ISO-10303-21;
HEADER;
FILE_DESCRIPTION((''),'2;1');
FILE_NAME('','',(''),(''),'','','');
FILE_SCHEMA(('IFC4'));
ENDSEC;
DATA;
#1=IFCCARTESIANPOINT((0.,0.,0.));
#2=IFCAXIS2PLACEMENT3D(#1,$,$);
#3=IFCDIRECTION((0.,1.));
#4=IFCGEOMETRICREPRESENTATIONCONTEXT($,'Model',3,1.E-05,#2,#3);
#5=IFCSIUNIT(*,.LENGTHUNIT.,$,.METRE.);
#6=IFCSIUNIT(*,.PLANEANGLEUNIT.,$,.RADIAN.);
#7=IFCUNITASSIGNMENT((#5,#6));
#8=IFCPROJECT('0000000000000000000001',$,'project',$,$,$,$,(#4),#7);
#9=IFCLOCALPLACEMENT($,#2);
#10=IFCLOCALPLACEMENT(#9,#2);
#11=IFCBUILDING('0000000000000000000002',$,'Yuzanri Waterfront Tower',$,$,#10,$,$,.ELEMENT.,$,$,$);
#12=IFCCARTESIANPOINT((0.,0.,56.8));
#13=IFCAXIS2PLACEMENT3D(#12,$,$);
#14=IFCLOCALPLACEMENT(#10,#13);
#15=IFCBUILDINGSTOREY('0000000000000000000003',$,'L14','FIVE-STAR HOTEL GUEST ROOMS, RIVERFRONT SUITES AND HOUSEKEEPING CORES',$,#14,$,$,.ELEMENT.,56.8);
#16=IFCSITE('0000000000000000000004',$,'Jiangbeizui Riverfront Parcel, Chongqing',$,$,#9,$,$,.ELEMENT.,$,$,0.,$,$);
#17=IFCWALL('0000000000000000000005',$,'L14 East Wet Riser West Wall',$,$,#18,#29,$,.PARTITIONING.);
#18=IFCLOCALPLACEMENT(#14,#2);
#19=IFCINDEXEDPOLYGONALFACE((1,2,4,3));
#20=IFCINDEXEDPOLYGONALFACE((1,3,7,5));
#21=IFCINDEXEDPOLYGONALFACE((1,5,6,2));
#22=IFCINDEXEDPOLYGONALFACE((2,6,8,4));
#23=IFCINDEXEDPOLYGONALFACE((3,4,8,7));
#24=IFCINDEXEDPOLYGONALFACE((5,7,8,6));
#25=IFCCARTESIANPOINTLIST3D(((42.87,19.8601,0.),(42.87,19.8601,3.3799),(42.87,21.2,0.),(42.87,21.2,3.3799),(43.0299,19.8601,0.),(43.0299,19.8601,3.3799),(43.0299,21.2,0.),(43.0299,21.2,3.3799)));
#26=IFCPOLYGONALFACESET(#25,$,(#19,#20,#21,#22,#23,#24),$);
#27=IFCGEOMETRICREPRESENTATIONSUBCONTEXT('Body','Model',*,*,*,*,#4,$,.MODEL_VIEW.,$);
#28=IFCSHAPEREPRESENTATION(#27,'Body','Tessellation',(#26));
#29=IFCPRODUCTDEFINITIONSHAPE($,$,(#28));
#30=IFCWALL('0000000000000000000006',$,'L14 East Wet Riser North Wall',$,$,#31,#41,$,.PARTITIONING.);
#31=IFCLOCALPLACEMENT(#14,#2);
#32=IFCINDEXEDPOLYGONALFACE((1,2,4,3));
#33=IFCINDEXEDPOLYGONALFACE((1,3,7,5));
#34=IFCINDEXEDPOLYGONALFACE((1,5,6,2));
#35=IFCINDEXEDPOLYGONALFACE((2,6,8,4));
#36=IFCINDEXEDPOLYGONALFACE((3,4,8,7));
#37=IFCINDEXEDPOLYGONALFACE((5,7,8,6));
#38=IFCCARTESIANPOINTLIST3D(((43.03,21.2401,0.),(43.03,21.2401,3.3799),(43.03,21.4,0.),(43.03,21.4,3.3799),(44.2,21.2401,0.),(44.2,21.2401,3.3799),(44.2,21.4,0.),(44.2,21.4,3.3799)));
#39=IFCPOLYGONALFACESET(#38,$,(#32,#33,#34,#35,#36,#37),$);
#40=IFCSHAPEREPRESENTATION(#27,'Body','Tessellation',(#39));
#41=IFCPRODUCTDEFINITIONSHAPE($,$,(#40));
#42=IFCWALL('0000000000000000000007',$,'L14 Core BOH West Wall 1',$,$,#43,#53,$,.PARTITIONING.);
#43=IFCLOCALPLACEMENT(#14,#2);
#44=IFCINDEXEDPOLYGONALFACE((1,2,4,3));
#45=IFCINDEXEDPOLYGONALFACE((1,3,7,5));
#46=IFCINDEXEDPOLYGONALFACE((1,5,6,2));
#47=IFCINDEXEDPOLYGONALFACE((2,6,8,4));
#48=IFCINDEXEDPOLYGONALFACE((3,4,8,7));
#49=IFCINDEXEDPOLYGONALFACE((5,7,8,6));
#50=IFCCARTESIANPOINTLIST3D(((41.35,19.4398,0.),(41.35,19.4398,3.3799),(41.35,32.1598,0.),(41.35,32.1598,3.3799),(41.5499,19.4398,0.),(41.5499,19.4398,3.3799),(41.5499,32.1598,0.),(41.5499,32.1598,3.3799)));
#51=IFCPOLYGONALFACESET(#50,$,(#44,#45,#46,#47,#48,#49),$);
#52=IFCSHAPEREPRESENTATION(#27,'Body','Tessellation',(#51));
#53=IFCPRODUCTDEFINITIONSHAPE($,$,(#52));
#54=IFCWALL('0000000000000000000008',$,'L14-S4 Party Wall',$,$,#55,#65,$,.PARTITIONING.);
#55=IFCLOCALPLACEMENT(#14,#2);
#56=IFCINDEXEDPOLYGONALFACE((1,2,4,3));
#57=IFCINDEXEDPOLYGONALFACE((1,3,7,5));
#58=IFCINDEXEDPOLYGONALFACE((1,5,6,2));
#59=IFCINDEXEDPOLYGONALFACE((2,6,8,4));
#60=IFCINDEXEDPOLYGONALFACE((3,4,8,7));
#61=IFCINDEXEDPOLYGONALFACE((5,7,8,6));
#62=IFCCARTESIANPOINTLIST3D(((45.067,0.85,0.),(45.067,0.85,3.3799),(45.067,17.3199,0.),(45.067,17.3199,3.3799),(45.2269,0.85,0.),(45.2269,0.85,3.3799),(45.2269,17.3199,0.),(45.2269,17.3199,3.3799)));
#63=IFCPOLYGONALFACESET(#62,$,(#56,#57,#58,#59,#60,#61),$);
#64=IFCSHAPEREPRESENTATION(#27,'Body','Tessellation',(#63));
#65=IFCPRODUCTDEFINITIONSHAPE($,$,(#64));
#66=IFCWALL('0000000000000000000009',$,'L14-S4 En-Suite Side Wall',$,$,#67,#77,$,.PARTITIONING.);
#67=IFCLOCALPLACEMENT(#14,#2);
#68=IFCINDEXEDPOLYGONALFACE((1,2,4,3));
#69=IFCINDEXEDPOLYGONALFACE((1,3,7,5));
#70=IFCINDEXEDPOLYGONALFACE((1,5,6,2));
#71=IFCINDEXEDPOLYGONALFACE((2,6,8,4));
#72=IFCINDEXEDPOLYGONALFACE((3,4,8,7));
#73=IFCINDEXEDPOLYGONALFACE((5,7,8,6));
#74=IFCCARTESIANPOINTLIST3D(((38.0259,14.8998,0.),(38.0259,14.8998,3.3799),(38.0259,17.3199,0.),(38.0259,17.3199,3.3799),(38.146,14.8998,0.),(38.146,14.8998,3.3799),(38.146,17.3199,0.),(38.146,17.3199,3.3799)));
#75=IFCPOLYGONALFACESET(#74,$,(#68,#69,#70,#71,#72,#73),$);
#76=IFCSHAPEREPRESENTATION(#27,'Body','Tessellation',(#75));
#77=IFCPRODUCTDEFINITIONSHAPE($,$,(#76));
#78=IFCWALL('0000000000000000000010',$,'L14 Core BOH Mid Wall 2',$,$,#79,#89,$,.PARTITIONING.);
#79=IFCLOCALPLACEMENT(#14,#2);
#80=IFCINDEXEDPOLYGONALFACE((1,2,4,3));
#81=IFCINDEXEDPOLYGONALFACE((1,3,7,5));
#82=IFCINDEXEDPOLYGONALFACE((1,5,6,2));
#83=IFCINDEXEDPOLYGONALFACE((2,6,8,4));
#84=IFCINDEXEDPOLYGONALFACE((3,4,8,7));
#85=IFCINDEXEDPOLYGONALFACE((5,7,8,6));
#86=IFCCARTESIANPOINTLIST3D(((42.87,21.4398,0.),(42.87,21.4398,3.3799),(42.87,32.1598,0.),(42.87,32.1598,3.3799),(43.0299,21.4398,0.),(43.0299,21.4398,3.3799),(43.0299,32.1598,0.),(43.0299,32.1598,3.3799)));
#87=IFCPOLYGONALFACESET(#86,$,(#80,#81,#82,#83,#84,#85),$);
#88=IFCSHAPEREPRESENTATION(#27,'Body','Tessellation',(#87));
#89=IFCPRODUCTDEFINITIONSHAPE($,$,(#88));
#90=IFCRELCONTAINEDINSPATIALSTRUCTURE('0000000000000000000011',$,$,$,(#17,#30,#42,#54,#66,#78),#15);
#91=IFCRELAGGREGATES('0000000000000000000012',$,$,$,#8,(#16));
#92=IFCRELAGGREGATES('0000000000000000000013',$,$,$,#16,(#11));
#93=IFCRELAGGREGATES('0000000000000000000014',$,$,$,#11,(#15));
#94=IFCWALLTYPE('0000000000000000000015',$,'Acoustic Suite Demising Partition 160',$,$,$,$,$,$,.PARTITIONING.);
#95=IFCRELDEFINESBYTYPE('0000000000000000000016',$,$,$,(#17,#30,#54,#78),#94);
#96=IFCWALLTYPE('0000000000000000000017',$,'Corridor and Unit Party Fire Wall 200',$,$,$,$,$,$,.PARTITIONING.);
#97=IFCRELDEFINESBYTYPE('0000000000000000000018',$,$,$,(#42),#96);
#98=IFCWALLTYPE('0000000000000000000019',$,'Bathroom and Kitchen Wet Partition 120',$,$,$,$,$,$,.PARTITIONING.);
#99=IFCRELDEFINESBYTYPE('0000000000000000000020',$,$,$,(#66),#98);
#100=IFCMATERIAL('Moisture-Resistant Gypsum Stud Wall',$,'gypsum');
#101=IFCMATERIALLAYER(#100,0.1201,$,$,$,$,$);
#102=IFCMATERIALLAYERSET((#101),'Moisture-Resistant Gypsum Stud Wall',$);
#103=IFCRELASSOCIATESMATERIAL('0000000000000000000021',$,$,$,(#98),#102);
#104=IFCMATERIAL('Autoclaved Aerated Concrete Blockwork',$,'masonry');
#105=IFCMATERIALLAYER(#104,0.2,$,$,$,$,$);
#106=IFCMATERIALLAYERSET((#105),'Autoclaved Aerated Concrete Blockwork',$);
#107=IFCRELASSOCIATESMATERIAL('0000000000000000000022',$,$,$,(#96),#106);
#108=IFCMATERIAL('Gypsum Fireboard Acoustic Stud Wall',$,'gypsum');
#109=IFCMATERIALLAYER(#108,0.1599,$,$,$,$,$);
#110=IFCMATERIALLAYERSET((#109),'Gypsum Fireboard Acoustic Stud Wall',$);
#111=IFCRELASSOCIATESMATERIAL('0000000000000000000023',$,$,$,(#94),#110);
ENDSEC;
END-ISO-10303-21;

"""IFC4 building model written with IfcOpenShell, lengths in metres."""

from ifc_helpers import new_model, si_unit, direction, frame, frame_2d, origin, place, context, subcontext, project, spatial, rectangle, extrude, source, transform, mapped, material, layer, layer_set, type_object, element, save


model = new_model("IFC4")

# Units and contexts
model_context = context("Model", 3, precision=1e-05, world=origin(), true_north=direction((0.0, 1.0)))
body_context = subcontext(model_context, "Body", "Model", "MODEL_VIEW")
ifc_project = project(units=[si_unit("LENGTHUNIT", "METRE"), si_unit("PLANEANGLEUNIT", "RADIAN")], contexts=[model_context])

# Site, building, storey
site_placement = place(None, origin())
site = spatial("IfcSite", under=ifc_project, at=site_placement, Name="Jiangbeizui Riverfront Parcel, Chongqing", CompositionType="ELEMENT", RefElevation=0.0)
building_placement = place(site_placement, origin())
building = spatial("IfcBuilding", under=site, at=building_placement, Name="Yuzanri Waterfront Tower", CompositionType="ELEMENT")
storey_placement = place(building_placement, frame((0.0, 0.0, 56.8)))
storey = spatial("IfcBuildingStorey", under=building, at=storey_placement, Name="L14", Description="FIVE-STAR HOTEL GUEST ROOMS, RIVERFRONT SUITES AND HOUSEKEEPING CORES", CompositionType="ELEMENT", Elevation=56.8)

# Shared definitions
ifc_material_1 = material(Name="Moisture-Resistant Gypsum Stud Wall", Category="gypsum")
ifc_layer_1 = layer(ifc_material_1, 0.1201)
ifc_layer_set_1 = layer_set([ifc_layer_1], Name="Moisture-Resistant Gypsum Stud Wall")
wall_type_1 = type_object("IfcWallType", Name="Bathroom and Kitchen Wet Partition 120", PredefinedType="PARTITIONING", material=ifc_layer_set_1)
ifc_material_2 = material(Name="Autoclaved Aerated Concrete Blockwork", Category="masonry")
ifc_layer_2 = layer(ifc_material_2, 0.2)
ifc_layer_set_2 = layer_set([ifc_layer_2], Name="Autoclaved Aerated Concrete Blockwork")
wall_type_2 = type_object("IfcWallType", Name="Corridor and Unit Party Fire Wall 200", PredefinedType="PARTITIONING", material=ifc_layer_set_2)

# Walls
ifc_material_3 = material(Name="Gypsum Fireboard Acoustic Stud Wall", Category="gypsum")
ifc_layer_3 = layer(ifc_material_3, 0.1599)
ifc_layer_set_3 = layer_set([ifc_layer_3], Name="Gypsum Fireboard Acoustic Stud Wall")
wall_type_3 = type_object("IfcWallType", Name="Acoustic Suite Demising Partition 160", PredefinedType="PARTITIONING", material=ifc_layer_set_3)
shared_shape_1 = source(origin(), body_context, "Body", "SweptSolid", [
    extrude(rectangle(XDim=1.3398, YDim=0.1599, at=frame_2d((0.6699, 0.0))), origin(), (0.0, 0.0, 1.0), 3.3799),
])
wall_1_placement = place(storey_placement, frame((42.95, 19.8601, 0.0), z_axis=(0.0, 0.0, 1.0), x_axis=(0.0, 1.0, 0.0)))
element("IfcWall", 1, at=wall_1_placement, inside=storey, type_object=wall_type_3, Name="L14 East Wet Riser West Wall", PredefinedType="PARTITIONING", context=body_context, shape_type="MappedRepresentation", body=[
    mapped(shared_shape_1, transform((0.0, 0.0, 0.0), scale=1.0)),
])
shared_shape_2 = source(origin(), body_context, "Body", "SweptSolid", [
    extrude(rectangle(XDim=1.1699, YDim=0.1599, at=frame_2d((0.585, 0.0))), origin(), (0.0, 0.0, 1.0), 3.3799),
])
wall_2_placement = place(storey_placement, frame((43.03, 21.3201, 0.0), z_axis=(0.0, 0.0, 1.0), x_axis=(1.0, 0.0, 0.0)))
element("IfcWall", 2, at=wall_2_placement, inside=storey, type_object=wall_type_3, Name="L14 East Wet Riser North Wall", PredefinedType="PARTITIONING", context=body_context, shape_type="MappedRepresentation", body=[
    mapped(shared_shape_2, transform((0.0, 0.0, 0.0), scale=1.0)),
])
shared_shape_3 = source(origin(), body_context, "Body", "SweptSolid", [
    extrude(rectangle(XDim=12.72, YDim=0.2, at=frame_2d((6.3599, 0.0))), origin(), (0.0, 0.0, 1.0), 3.3799),
])
wall_3_placement = place(storey_placement, frame((41.45, 19.4399, 0.0), z_axis=(0.0, 0.0, 1.0), x_axis=(0.0, 1.0, 0.0)))
element("IfcWall", 3, at=wall_3_placement, inside=storey, type_object=wall_type_2, Name="L14 Core BOH West Wall 1", PredefinedType="PARTITIONING", context=body_context, shape_type="MappedRepresentation", body=[
    mapped(shared_shape_3, transform((0.0, 0.0, 0.0), scale=1.0)),
])
shared_shape_4 = source(origin(), body_context, "Body", "SweptSolid", [
    extrude(rectangle(XDim=16.47, YDim=0.1599, at=frame_2d((8.2349, 0.0))), origin(), (0.0, 0.0, 1.0), 3.3799),
])
wall_4_placement = place(storey_placement, frame((45.147, 0.8501, 0.0), z_axis=(0.0, 0.0, 1.0), x_axis=(0.0, 1.0, 0.0)))
element("IfcWall", 4, at=wall_4_placement, inside=storey, type_object=wall_type_3, Name="L14-S4 Party Wall", PredefinedType="PARTITIONING", context=body_context, shape_type="MappedRepresentation", body=[
    mapped(shared_shape_4, transform((0.0, 0.0, 0.0), scale=1.0)),
])
shared_shape_5 = source(origin(), body_context, "Body", "SweptSolid", [
    extrude(rectangle(XDim=2.4202, YDim=0.1201, at=frame_2d((1.21, 0.0))), origin(), (0.0, 0.0, 1.0), 3.3799),
])
wall_5_placement = place(storey_placement, frame((38.0859, 14.8999, 0.0), z_axis=(0.0, 0.0, 1.0), x_axis=(0.0, 1.0, 0.0)))
element("IfcWall", 5, at=wall_5_placement, inside=storey, type_object=wall_type_1, Name="L14-S4 En-Suite Side Wall", PredefinedType="PARTITIONING", context=body_context, shape_type="MappedRepresentation", body=[
    mapped(shared_shape_5, transform((0.0, 0.0, 0.0), scale=1.0)),
])
shared_shape_6 = source(origin(), body_context, "Body", "SweptSolid", [
    extrude(rectangle(XDim=10.72, YDim=0.1599, at=frame_2d((5.3599, 0.0))), origin(), (0.0, 0.0, 1.0), 3.3799),
])
wall_6_placement = place(storey_placement, frame((42.95, 21.4399, 0.0), z_axis=(0.0, 0.0, 1.0), x_axis=(0.0, 1.0, 0.0)))
element("IfcWall", 6, at=wall_6_placement, inside=storey, type_object=wall_type_3, Name="L14 Core BOH Mid Wall 2", PredefinedType="PARTITIONING", context=body_context, shape_type="MappedRepresentation", body=[
    mapped(shared_shape_6, transform((0.0, 0.0, 0.0), scale=1.0)),
])

save(model, "model.ifc")
